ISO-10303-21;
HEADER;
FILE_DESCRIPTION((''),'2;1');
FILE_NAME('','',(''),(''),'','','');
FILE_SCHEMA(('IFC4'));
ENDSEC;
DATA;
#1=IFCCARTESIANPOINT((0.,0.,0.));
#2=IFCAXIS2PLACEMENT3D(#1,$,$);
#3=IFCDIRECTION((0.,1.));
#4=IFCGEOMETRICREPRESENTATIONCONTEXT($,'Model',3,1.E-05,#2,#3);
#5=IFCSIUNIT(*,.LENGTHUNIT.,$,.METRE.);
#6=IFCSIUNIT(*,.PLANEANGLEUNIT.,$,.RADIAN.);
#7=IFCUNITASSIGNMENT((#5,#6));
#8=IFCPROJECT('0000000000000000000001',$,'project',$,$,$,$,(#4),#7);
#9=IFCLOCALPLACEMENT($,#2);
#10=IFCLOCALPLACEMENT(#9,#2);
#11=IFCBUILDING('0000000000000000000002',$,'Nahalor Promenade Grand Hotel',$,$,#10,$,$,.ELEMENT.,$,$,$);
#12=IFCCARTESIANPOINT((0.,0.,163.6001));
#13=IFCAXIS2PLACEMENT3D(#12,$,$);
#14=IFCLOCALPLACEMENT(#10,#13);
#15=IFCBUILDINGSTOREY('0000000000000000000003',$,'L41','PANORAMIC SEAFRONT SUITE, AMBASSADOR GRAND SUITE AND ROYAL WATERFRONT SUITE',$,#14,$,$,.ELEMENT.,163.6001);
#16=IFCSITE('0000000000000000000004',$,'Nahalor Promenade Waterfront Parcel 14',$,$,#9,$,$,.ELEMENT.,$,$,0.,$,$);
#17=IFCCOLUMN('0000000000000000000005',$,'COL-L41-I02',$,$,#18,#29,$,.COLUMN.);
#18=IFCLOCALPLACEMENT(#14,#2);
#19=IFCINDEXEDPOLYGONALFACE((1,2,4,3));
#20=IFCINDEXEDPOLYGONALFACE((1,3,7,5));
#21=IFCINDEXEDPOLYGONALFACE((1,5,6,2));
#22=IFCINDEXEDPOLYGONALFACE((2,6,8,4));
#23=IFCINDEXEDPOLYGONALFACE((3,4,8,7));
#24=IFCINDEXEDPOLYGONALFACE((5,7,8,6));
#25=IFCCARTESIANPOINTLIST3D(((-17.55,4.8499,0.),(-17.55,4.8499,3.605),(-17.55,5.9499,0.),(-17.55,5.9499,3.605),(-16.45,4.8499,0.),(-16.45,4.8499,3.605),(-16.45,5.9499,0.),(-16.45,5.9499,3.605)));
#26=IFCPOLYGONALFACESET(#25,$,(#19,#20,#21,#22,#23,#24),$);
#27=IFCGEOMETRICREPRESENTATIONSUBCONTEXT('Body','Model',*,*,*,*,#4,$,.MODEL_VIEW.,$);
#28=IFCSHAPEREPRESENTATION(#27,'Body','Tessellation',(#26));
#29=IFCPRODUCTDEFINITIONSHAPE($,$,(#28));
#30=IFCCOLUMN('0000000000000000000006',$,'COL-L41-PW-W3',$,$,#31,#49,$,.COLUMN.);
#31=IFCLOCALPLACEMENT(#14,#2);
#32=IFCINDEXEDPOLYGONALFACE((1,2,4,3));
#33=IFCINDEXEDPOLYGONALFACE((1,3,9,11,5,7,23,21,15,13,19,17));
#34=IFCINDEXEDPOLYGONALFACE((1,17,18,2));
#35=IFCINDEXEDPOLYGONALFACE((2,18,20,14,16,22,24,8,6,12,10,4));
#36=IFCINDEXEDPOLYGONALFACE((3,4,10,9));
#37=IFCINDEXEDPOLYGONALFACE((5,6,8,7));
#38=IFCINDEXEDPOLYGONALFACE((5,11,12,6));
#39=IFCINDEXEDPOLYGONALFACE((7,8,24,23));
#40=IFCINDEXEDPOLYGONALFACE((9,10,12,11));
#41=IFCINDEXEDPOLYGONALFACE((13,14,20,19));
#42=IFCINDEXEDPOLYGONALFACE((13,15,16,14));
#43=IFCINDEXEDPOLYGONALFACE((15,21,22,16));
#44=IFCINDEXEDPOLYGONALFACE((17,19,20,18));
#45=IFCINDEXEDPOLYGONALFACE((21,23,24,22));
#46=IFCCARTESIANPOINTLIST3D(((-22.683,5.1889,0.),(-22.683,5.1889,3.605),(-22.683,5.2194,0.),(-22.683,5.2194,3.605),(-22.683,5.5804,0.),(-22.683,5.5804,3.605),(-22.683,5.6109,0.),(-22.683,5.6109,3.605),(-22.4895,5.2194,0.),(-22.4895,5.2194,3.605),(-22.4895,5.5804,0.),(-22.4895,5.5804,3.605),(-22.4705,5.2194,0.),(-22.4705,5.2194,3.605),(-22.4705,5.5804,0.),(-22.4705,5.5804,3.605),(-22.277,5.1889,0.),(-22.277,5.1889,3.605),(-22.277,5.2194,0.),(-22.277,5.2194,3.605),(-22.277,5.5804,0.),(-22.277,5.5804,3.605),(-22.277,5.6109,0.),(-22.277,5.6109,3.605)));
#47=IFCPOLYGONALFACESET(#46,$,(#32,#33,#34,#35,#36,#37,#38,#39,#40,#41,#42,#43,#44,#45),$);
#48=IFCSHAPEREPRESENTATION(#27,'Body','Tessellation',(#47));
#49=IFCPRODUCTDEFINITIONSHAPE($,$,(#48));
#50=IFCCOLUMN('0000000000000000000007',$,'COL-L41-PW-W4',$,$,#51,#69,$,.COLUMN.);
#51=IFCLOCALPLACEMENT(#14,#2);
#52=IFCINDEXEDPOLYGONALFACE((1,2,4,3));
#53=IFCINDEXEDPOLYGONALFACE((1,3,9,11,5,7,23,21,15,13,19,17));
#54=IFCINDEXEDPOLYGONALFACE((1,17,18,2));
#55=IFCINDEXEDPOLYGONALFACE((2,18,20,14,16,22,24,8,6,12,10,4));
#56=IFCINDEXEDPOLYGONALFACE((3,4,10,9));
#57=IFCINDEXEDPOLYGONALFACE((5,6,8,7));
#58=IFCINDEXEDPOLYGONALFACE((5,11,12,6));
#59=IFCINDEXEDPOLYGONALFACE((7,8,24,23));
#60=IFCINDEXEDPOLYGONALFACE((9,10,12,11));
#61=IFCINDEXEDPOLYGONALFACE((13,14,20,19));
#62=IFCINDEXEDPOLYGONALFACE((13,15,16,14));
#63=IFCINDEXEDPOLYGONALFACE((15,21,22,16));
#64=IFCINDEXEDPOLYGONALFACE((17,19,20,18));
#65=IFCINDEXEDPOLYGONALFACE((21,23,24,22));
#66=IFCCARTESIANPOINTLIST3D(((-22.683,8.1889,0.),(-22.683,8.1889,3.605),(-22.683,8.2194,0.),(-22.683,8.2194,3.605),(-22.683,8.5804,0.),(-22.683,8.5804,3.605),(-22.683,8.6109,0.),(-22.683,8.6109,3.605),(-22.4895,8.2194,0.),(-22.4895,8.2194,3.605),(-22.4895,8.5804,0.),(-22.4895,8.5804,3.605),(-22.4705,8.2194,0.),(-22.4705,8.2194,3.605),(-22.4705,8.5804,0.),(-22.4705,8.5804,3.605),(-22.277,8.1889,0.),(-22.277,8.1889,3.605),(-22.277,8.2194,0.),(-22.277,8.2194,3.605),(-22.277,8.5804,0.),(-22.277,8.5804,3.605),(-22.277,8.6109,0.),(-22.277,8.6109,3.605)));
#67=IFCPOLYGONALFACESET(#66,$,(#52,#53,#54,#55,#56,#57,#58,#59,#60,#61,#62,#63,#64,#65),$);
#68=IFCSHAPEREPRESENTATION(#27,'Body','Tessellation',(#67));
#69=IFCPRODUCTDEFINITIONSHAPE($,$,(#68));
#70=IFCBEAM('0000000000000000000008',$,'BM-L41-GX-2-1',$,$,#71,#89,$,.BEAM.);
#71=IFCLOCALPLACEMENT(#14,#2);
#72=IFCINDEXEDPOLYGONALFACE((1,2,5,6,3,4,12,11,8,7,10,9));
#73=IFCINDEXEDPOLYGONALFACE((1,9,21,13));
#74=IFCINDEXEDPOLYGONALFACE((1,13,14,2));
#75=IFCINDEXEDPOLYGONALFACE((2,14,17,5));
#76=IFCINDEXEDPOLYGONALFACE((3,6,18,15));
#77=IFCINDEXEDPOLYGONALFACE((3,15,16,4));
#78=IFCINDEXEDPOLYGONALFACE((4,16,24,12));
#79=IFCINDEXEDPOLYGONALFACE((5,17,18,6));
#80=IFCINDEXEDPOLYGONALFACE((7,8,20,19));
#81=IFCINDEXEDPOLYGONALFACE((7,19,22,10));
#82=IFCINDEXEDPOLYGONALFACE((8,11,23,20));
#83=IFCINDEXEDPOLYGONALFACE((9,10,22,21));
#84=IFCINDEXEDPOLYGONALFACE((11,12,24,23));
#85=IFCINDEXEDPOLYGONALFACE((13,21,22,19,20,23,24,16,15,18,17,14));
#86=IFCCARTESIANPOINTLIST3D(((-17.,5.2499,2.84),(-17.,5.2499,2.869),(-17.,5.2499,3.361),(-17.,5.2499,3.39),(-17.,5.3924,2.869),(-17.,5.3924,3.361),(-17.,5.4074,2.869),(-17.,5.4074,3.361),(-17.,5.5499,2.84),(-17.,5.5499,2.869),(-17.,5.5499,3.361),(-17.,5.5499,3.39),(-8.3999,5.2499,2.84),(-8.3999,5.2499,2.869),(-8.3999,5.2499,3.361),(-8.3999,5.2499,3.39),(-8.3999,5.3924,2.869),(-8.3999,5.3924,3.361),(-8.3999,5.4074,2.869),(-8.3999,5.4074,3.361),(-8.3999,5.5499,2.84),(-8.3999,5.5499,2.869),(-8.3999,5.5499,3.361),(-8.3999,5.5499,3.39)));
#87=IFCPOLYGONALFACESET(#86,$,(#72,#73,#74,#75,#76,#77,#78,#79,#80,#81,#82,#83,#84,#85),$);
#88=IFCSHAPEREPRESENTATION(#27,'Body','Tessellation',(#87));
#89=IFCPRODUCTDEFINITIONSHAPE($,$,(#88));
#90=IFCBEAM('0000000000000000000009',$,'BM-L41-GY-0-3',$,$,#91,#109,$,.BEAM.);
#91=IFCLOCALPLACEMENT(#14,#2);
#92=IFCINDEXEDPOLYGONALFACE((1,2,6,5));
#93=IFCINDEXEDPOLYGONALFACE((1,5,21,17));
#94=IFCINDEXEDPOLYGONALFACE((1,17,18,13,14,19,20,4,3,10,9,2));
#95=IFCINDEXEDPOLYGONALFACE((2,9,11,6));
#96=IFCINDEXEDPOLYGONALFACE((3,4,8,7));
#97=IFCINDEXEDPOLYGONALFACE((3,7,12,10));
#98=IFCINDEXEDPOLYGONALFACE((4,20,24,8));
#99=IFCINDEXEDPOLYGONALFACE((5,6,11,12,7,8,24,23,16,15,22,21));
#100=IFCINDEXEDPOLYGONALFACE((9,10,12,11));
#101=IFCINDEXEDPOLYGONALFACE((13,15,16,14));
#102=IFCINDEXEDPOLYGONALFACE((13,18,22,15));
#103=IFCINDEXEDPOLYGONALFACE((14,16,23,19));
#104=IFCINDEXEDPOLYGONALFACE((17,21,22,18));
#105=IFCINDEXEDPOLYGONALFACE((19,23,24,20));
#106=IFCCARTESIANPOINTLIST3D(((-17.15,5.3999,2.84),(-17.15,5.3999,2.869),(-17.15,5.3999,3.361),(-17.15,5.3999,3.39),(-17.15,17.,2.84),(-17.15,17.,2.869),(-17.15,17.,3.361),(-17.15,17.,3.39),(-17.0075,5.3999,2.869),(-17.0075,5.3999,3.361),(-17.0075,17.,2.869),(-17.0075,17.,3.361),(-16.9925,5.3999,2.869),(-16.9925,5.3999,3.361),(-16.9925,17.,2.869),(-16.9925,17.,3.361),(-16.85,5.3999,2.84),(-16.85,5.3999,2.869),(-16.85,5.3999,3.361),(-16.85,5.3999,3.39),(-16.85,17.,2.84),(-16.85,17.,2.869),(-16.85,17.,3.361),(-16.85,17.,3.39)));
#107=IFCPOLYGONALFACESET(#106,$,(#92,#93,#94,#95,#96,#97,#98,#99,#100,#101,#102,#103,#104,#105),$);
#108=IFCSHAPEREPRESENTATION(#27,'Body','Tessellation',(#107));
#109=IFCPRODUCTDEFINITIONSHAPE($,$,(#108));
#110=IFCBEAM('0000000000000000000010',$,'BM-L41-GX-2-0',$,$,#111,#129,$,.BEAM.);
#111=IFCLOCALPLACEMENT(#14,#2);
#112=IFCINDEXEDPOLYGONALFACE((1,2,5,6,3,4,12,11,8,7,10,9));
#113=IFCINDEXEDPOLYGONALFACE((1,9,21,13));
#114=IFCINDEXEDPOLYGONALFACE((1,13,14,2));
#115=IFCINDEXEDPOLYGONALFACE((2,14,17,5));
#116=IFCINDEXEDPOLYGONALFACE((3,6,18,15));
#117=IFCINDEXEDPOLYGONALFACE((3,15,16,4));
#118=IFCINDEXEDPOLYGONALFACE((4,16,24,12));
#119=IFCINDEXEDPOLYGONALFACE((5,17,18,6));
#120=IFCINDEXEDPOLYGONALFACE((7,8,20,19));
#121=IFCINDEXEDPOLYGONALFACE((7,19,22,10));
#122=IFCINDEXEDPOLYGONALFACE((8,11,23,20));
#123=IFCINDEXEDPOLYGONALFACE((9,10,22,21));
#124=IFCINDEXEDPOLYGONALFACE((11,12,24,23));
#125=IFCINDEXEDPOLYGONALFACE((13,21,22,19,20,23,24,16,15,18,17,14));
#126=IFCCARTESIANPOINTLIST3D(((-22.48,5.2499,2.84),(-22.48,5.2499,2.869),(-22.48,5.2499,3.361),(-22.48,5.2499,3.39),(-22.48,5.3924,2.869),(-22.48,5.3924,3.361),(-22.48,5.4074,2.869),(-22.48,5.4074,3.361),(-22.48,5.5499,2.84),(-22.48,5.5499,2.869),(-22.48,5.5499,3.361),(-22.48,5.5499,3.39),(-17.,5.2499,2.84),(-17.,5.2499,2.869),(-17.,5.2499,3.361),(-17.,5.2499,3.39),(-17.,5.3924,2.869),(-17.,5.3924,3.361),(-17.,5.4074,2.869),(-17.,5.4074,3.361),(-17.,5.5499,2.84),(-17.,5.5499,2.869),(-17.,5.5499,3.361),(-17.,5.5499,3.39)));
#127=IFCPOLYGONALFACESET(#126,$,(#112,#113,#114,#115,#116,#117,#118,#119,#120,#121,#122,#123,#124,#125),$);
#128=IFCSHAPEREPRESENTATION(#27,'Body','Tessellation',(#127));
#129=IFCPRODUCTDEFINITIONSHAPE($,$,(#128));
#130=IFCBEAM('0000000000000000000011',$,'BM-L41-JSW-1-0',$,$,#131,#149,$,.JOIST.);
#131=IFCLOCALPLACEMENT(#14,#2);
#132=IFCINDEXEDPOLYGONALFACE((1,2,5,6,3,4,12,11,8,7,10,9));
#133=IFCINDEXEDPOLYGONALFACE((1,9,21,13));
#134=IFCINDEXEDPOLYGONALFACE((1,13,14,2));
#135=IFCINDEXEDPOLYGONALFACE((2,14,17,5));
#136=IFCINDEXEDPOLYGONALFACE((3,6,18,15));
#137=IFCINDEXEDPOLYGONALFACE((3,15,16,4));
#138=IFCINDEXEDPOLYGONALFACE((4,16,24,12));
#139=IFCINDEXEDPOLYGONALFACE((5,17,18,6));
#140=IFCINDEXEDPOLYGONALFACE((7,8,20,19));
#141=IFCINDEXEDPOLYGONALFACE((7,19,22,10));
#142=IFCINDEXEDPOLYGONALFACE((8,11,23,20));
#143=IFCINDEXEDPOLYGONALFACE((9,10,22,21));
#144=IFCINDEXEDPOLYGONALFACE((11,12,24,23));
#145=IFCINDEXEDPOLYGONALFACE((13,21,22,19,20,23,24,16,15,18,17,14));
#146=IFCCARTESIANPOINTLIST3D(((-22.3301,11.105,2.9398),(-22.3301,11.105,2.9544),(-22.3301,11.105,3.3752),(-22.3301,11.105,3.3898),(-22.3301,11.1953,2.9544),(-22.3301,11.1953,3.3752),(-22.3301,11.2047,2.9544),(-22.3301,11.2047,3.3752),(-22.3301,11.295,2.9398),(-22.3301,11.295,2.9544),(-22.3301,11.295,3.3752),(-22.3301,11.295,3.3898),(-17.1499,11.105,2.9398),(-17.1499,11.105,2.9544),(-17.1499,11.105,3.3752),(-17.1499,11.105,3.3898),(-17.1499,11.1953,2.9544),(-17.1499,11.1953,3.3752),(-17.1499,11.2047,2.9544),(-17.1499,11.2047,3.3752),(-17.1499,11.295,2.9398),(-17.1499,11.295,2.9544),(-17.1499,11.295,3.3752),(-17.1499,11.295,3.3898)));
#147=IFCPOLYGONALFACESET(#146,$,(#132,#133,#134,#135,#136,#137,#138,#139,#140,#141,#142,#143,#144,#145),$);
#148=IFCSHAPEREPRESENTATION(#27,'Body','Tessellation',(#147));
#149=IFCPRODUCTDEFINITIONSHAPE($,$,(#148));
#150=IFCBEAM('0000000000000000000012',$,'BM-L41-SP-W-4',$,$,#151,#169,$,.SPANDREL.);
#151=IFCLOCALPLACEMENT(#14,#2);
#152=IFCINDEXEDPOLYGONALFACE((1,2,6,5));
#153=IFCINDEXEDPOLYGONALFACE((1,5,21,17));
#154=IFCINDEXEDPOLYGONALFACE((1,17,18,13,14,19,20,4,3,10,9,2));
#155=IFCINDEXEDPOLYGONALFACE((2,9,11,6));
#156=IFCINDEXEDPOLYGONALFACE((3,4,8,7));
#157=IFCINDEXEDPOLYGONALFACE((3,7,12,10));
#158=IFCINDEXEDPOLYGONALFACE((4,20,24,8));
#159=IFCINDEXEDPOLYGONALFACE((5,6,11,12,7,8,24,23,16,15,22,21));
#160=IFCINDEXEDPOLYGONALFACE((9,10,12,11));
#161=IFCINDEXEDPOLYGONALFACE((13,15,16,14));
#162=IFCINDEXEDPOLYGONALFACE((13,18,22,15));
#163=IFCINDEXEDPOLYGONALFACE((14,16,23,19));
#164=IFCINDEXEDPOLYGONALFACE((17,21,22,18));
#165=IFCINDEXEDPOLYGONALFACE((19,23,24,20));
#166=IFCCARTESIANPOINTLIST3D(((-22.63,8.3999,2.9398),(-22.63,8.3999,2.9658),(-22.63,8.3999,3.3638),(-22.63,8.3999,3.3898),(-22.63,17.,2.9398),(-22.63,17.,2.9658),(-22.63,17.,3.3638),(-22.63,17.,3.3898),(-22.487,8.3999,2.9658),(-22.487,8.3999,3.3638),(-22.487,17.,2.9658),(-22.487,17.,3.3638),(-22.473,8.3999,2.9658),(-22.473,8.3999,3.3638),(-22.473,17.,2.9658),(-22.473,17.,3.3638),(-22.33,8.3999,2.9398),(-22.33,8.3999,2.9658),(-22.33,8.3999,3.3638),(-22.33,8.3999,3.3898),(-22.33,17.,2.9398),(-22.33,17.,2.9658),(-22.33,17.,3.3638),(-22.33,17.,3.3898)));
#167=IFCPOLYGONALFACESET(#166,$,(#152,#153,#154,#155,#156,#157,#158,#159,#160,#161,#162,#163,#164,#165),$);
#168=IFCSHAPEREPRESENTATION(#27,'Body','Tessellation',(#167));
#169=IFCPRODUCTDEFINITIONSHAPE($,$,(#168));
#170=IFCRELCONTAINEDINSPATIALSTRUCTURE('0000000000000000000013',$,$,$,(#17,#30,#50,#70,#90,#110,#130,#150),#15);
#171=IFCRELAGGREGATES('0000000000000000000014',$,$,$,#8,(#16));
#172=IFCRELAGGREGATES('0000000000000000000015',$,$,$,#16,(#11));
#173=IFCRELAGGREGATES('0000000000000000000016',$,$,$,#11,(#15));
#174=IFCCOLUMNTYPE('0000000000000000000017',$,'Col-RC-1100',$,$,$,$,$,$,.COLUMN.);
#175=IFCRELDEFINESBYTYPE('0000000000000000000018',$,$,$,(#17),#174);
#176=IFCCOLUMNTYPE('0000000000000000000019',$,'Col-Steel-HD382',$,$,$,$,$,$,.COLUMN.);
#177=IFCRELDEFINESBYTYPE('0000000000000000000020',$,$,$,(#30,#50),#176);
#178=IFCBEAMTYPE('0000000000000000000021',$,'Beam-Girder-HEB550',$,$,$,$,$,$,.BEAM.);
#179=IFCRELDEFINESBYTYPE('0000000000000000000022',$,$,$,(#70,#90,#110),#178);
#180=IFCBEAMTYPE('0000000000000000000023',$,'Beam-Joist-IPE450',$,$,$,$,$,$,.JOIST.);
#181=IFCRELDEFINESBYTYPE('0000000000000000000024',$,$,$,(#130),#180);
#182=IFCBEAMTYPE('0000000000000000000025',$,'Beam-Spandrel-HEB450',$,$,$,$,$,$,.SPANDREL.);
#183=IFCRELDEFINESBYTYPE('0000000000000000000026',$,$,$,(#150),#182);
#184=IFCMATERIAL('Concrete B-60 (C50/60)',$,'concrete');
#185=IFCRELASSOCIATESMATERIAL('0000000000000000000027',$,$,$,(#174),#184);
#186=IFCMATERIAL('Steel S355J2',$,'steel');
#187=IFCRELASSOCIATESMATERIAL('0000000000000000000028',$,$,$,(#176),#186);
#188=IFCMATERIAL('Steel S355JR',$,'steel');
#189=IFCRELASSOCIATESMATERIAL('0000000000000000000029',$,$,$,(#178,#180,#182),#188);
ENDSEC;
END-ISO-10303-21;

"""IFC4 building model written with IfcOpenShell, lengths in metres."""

from ifc_helpers import new_model, si_unit, direction, frame, origin, origin_2d, place, context, subcontext, project, spatial, rectangle, i_section, extrude, source, transform, mapped, material, material_profile, profile_set, type_object, element, save


model = new_model("IFC4")

# Units and contexts
model_context = context("Model", 3, precision=1e-05, world=origin(), true_north=direction((0.0, 1.0)))
body_context = subcontext(model_context, "Body", "Model", "MODEL_VIEW")
ifc_project = project(units=[si_unit("LENGTHUNIT", "METRE"), si_unit("PLANEANGLEUNIT", "RADIAN")], contexts=[model_context])

# Site, building, storey
site_placement = place(None, origin())
site = spatial("IfcSite", under=ifc_project, at=site_placement, Name="Nahalor Promenade Waterfront Parcel 14", CompositionType="ELEMENT", RefElevation=0.0)
building_placement = place(site_placement, origin())
building = spatial("IfcBuilding", under=site, at=building_placement, Name="Nahalor Promenade Grand Hotel", CompositionType="ELEMENT")
storey_placement = place(building_placement, frame((0.0, 0.0, 163.6001)))
storey = spatial("IfcBuildingStorey", under=building, at=storey_placement, Name="L41", Description="PANORAMIC SEAFRONT SUITE, AMBASSADOR GRAND SUITE AND ROYAL WATERFRONT SUITE", CompositionType="ELEMENT", Elevation=163.6001)

# Columns
ifc_material_1 = material(Name="Concrete B-60 (C50/60)", Category="concrete")
ifc_material_profile_1 = material_profile(ifc_material_1, rectangle(XDim=1.1, YDim=1.1, at=origin_2d()), Name="RC 1100x1100")
ifc_profile_set_1 = profile_set([ifc_material_profile_1], Name="Concrete B-60 (C50/60)")
column_type_1 = type_object("IfcColumnType", Name="Col-RC-1100", PredefinedType="COLUMN", material=ifc_profile_set_1)
shared_shape_1 = source(origin(), body_context, "Body", "SweptSolid", [
    extrude(rectangle(XDim=1.1, YDim=1.1, at=origin_2d()), origin(), (0.0, 0.0, 1.0), 3.605),
])
column_placement = place(storey_placement, frame((-17.0, 5.3999, 0.0), z_axis=(0.0, 0.0, 1.0), x_axis=(1.0, 0.0, 0.0)))
element("IfcColumn", 1, at=column_placement, inside=storey, type_object=column_type_1, Name="COL-L41-I02", PredefinedType="COLUMN", context=body_context, shape_type="MappedRepresentation", body=[
    mapped(shared_shape_1, transform((0.0, 0.0, 0.0), scale=1.0)),
])
ifc_material_2 = material(Name="Steel S355J2", Category="steel")
ifc_material_profile_2 = material_profile(ifc_material_2, i_section(OverallWidth=0.406, OverallDepth=0.422, WebThickness=0.019, FlangeThickness=0.0305, at=origin_2d()), Name="HD 400x382")
ifc_profile_set_2 = profile_set([ifc_material_profile_2], Name="Steel S355J2")
column_type_2 = type_object("IfcColumnType", Name="Col-Steel-HD382", PredefinedType="COLUMN", material=ifc_profile_set_2)
shared_shape_2 = source(origin(), body_context, "Body", "SweptSolid", [
    extrude(i_section(OverallWidth=0.406, OverallDepth=0.422, WebThickness=0.019, FlangeThickness=0.0305, at=origin_2d()), origin(), (0.0, 0.0, 1.0), 3.605),
])
for number, where, z_axis, x_axis, name in (
    (2, (-22.48, 5.3999, 0.0), (0.0, 0.0, 1.0), (1.0, 0.0, 0.0), "COL-L41-PW-W3"),
    (3, (-22.48, 8.3999, 0.0), (0.0, 0.0, 1.0), (1.0, 0.0, 0.0), "COL-L41-PW-W4"),
):
    element("IfcColumn", number, at=place(storey_placement, frame(where, z_axis=z_axis, x_axis=x_axis)), inside=storey, type_object=column_type_2, Name=name, PredefinedType="COLUMN", context=body_context, shape_type="MappedRepresentation", body=[
        mapped(shared_shape_2, transform((0.0, 0.0, 0.0), scale=1.0)),
    ])

# Beams
ifc_material_3 = material(Name="Steel S355JR", Category="steel")
ifc_material_profile_3 = material_profile(ifc_material_3, i_section(OverallWidth=0.3, OverallDepth=0.55, WebThickness=0.015, FlangeThickness=0.029, at=origin_2d()), Name="HEB 550")
ifc_profile_set_3 = profile_set([ifc_material_profile_3], Name="Steel S355JR")
beam_type_1 = type_object("IfcBeamType", Name="Beam-Girder-HEB550", PredefinedType="BEAM", material=ifc_profile_set_3)
shared_shape_3 = source(origin(), body_context, "Body", "SweptSolid", [
    extrude(i_section(OverallWidth=0.3, OverallDepth=0.55, WebThickness=0.015, FlangeThickness=0.029, at=origin_2d()), origin(), (0.0, 0.0, 1.0), 8.6001),
])
beam_1_placement = place(storey_placement, frame((-17.0, 5.3999, 3.115), z_axis=(1.0, 0.0, 0.0), x_axis=(0.0, 1.0, 0.0)))
element("IfcBeam", 4, at=beam_1_placement, inside=storey, type_object=beam_type_1, Name="BM-L41-GX-2-1", PredefinedType="BEAM", context=body_context, shape_type="MappedRepresentation", body=[
    mapped(shared_shape_3, transform((0.0, 0.0, 0.0), scale=1.0)),
])
shared_shape_4 = source(origin(), body_context, "Body", "SweptSolid", [
    extrude(i_section(OverallWidth=0.3, OverallDepth=0.55, WebThickness=0.015, FlangeThickness=0.029, at=origin_2d()), origin(), (0.0, 0.0, 1.0), 11.6001),
])
beam_2_placement = place(storey_placement, frame((-17.0, 5.3999, 3.115), z_axis=(0.0, 1.0, 0.0), x_axis=(-1.0, 0.0, 0.0)))
element("IfcBeam", 5, at=beam_2_placement, inside=storey, type_object=beam_type_1, Name="BM-L41-GY-0-3", PredefinedType="BEAM", context=body_context, shape_type="MappedRepresentation", body=[
    mapped(shared_shape_4, transform((0.0, 0.0, 0.0), scale=1.0)),
])
shared_shape_5 = source(origin(), body_context, "Body", "SweptSolid", [
    extrude(i_section(OverallWidth=0.3, OverallDepth=0.55, WebThickness=0.015, FlangeThickness=0.029, at=origin_2d()), origin(), (0.0, 0.0, 1.0), 5.48),
])
beam_3_placement = place(storey_placement, frame((-22.48, 5.3999, 3.115), z_axis=(1.0, 0.0, 0.0), x_axis=(0.0, 1.0, 0.0)))
element("IfcBeam", 6, at=beam_3_placement, inside=storey, type_object=beam_type_1, Name="BM-L41-GX-2-0", PredefinedType="BEAM", context=body_context, shape_type="MappedRepresentation", body=[
    mapped(shared_shape_5, transform((0.0, 0.0, 0.0), scale=1.0)),
])
ifc_material_profile_4 = material_profile(ifc_material_3, i_section(OverallWidth=0.19, OverallDepth=0.45, WebThickness=0.0094, FlangeThickness=0.0146, at=origin_2d()), Name="IPE 450")
ifc_profile_set_4 = profile_set([ifc_material_profile_4], Name="Steel S355JR")
beam_type_2 = type_object("IfcBeamType", Name="Beam-Joist-IPE450", PredefinedType="JOIST", material=ifc_profile_set_4)
shared_shape_6 = source(origin(), body_context, "Body", "SweptSolid", [
    extrude(i_section(OverallWidth=0.19, OverallDepth=0.45, WebThickness=0.0094, FlangeThickness=0.0146, at=origin_2d()), origin(), (0.0, 0.0, 1.0), 5.1802),
])
beam_4_placement = place(storey_placement, frame((-22.3301, 11.2, 3.1648), z_axis=(1.0, 0.0, 0.0), x_axis=(0.0, 1.0, 0.0)))
element("IfcBeam", 7, at=beam_4_placement, inside=storey, type_object=beam_type_2, Name="BM-L41-JSW-1-0", PredefinedType="JOIST", context=body_context, shape_type="MappedRepresentation", body=[
    mapped(shared_shape_6, transform((0.0, 0.0, 0.0), scale=1.0)),
])
ifc_material_profile_5 = material_profile(ifc_material_3, i_section(OverallWidth=0.3, OverallDepth=0.45, WebThickness=0.014, FlangeThickness=0.026, at=origin_2d()), Name="HEB 450")
ifc_profile_set_5 = profile_set([ifc_material_profile_5], Name="Steel S355JR")
beam_type_3 = type_object("IfcBeamType", Name="Beam-Spandrel-HEB450", PredefinedType="SPANDREL", material=ifc_profile_set_5)
shared_shape_7 = source(origin(), body_context, "Body", "SweptSolid", [
    extrude(i_section(OverallWidth=0.3, OverallDepth=0.45, WebThickness=0.014, FlangeThickness=0.026, at=origin_2d()), origin(), (0.0, 0.0, 1.0), 8.6001),
])
beam_5_placement = place(storey_placement, frame((-22.48, 8.3999, 3.1648), z_axis=(0.0, 1.0, 0.0), x_axis=(-1.0, 0.0, 0.0)))
element("IfcBeam", 8, at=beam_5_placement, inside=storey, type_object=beam_type_3, Name="BM-L41-SP-W-4", PredefinedType="SPANDREL", context=body_context, shape_type="MappedRepresentation", body=[
    mapped(shared_shape_7, transform((0.0, 0.0, 0.0), scale=1.0)),
])

save(model, "model.ifc")
